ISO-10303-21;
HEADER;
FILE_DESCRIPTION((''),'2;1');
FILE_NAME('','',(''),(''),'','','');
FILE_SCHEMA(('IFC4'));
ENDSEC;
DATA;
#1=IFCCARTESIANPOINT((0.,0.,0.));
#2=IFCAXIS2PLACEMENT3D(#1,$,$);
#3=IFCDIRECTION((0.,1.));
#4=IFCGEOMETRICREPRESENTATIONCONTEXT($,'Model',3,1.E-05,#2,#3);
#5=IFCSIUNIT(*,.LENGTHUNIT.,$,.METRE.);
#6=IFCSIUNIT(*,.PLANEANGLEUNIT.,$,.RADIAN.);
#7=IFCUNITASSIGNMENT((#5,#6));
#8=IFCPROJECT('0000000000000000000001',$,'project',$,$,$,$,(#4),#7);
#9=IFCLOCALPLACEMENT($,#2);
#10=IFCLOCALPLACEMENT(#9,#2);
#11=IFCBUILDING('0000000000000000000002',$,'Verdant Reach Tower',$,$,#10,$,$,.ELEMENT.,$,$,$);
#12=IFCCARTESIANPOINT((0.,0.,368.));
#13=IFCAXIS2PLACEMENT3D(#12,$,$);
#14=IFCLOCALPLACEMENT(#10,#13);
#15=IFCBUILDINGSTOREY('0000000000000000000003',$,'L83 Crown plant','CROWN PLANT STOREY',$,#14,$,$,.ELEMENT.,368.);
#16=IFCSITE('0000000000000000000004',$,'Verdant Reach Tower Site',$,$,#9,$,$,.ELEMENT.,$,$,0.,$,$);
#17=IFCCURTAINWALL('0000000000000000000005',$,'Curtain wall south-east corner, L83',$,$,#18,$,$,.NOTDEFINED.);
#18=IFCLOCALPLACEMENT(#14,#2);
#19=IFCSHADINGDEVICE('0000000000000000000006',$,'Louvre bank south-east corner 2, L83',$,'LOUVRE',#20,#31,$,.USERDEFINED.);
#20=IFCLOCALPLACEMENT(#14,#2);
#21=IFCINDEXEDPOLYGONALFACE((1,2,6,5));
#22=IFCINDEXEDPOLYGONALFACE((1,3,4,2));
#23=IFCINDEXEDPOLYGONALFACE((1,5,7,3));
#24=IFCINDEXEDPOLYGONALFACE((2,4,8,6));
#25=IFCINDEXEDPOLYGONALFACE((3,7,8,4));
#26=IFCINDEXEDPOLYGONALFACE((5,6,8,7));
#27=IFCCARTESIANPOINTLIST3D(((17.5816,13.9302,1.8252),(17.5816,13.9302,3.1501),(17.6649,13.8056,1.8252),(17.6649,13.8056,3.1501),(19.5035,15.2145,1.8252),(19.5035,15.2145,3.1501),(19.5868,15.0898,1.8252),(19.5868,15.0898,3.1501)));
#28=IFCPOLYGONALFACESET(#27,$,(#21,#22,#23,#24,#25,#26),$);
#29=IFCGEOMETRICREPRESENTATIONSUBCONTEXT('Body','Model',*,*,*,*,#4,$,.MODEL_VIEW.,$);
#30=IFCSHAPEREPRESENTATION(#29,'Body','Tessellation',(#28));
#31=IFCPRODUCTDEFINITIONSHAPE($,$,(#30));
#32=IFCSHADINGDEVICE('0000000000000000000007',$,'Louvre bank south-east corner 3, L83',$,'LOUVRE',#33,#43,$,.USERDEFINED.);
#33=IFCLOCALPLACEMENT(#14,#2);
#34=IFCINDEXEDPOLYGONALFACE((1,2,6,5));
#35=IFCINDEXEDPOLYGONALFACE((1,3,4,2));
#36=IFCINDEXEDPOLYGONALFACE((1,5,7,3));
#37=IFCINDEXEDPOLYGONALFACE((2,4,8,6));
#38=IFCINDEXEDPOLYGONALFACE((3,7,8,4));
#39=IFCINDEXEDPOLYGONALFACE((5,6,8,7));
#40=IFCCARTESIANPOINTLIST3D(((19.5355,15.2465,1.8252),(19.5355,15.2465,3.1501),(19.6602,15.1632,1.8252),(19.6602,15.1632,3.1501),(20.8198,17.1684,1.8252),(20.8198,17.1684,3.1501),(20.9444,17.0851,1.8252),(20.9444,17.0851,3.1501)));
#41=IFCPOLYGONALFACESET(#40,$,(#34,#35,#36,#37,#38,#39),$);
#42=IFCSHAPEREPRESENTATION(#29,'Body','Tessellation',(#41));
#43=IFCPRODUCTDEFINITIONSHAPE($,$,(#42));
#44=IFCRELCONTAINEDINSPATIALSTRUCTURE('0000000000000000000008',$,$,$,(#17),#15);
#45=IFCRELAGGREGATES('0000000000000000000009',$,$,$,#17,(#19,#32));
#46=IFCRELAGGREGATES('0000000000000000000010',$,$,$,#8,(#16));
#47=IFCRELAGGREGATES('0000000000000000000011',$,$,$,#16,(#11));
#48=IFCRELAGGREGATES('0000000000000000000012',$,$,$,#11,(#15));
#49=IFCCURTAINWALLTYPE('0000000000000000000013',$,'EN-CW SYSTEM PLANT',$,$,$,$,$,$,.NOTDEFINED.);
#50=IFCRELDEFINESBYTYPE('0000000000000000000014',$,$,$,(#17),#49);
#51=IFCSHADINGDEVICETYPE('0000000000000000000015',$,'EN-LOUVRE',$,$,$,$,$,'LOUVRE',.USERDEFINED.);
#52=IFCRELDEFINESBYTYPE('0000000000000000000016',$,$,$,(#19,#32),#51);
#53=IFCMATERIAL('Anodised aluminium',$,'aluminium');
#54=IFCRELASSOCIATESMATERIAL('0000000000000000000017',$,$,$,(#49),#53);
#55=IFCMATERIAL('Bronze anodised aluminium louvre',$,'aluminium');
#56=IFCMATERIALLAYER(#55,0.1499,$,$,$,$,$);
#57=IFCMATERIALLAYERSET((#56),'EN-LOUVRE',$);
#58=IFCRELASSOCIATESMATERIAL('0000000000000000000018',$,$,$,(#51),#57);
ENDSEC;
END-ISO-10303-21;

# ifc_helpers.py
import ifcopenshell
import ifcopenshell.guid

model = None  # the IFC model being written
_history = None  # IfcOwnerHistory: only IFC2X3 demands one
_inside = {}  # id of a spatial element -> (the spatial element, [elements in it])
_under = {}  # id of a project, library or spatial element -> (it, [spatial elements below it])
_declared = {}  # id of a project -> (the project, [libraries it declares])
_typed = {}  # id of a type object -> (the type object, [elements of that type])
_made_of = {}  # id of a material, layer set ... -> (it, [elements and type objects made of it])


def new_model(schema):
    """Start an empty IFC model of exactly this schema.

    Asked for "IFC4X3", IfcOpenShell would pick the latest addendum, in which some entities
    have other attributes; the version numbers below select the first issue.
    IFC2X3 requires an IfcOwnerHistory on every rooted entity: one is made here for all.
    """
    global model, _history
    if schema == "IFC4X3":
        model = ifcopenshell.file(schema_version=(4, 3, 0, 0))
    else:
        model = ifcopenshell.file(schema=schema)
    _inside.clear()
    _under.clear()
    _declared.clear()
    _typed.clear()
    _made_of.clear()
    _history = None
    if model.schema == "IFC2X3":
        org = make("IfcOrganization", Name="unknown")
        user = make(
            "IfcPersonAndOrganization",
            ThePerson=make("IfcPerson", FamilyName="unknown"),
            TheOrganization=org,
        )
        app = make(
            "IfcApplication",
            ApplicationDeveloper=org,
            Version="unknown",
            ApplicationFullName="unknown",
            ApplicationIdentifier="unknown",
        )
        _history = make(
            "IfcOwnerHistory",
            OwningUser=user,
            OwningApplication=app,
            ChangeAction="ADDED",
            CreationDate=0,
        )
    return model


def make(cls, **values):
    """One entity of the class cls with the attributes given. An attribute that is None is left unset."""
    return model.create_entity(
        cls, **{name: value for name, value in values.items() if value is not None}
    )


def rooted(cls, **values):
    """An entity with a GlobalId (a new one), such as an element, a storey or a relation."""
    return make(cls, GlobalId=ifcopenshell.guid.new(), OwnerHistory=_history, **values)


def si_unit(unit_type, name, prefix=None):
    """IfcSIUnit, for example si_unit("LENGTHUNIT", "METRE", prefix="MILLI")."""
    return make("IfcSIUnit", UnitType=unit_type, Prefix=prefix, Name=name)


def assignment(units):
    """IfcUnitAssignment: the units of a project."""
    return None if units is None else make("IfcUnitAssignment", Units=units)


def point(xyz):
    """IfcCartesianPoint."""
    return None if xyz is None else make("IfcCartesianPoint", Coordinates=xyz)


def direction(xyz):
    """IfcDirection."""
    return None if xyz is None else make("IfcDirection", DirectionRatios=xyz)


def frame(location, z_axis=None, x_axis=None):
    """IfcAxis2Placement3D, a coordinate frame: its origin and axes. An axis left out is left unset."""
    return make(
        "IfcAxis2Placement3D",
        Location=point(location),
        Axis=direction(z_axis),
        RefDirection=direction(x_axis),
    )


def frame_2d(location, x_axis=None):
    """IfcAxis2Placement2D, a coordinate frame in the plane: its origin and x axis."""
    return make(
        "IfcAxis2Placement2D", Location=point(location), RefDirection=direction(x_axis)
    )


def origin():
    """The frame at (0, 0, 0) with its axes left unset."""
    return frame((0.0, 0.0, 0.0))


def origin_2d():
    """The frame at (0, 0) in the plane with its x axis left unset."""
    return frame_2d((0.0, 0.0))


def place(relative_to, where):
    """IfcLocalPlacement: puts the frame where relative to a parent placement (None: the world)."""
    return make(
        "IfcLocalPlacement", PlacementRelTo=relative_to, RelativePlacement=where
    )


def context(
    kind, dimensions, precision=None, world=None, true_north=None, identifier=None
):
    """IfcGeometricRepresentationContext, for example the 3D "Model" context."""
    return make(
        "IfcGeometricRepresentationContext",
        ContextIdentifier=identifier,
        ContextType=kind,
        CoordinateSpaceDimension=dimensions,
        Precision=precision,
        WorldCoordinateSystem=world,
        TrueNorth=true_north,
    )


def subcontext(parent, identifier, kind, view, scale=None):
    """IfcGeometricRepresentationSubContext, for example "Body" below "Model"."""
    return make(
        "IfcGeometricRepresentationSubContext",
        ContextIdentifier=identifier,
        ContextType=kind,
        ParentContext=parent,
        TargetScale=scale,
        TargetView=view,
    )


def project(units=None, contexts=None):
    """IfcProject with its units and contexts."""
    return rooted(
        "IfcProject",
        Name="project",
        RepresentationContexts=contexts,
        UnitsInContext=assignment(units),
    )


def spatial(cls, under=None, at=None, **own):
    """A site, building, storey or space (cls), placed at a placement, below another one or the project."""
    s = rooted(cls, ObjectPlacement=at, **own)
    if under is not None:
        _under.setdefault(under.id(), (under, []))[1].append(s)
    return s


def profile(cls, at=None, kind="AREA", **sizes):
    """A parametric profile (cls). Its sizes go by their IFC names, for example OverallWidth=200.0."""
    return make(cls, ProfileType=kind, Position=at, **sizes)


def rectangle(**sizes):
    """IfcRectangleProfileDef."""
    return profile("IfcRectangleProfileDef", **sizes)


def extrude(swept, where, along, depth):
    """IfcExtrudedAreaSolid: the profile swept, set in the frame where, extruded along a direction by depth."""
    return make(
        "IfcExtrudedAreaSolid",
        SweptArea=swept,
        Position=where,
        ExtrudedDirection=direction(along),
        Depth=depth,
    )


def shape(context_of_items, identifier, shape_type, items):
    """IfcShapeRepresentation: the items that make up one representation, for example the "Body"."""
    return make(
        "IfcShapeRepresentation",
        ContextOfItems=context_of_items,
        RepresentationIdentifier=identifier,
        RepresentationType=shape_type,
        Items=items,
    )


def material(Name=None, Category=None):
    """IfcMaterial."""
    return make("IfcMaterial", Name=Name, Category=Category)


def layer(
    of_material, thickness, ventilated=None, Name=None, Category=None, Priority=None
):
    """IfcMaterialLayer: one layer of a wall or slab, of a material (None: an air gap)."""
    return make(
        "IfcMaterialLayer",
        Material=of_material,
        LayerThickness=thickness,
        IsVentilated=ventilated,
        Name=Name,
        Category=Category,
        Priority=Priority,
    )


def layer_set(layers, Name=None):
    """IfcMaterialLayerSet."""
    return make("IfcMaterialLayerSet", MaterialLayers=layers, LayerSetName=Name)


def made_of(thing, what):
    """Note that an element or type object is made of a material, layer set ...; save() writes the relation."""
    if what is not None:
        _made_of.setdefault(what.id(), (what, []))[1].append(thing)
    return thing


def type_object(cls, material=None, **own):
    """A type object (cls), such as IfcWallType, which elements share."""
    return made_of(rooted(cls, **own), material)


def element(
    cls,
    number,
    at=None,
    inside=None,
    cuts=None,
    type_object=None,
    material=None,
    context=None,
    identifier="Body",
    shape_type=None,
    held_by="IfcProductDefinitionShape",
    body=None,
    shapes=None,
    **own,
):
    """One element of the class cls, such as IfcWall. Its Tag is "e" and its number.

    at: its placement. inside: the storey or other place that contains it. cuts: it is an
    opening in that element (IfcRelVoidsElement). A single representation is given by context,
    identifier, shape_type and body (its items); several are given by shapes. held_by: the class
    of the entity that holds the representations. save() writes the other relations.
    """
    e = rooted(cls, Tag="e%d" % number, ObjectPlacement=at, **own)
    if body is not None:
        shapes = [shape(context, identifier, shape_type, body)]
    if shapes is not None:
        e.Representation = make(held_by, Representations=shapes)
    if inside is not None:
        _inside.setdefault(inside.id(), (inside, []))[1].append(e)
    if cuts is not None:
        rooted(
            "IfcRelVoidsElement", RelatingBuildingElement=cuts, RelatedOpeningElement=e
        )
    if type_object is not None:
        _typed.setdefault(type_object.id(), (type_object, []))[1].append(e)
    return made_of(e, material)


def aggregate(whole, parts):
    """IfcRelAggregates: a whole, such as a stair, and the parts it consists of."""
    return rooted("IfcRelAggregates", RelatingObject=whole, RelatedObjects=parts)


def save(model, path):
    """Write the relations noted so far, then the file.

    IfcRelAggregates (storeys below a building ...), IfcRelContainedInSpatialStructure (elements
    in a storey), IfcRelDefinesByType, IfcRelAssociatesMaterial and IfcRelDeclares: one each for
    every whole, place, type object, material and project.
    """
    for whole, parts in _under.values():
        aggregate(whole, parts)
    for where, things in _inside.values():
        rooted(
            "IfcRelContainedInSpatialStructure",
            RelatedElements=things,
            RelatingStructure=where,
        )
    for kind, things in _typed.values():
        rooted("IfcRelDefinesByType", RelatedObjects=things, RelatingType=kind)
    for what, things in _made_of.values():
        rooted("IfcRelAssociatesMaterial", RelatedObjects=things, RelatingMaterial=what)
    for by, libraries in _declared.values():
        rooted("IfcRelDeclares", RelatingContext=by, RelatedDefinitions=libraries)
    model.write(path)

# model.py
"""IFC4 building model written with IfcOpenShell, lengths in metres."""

from ifc_helpers import new_model, si_unit, direction, frame, origin, origin_2d, place, context, subcontext, project, spatial, rectangle, extrude, material, layer, layer_set, type_object, element, aggregate, save


model = new_model("IFC4")

# Units and contexts
model_context = context("Model", 3, precision=1e-05, world=origin(), true_north=direction((0.0, 1.0)))
body_context = subcontext(model_context, "Body", "Model", "MODEL_VIEW")
ifc_project = project(units=[si_unit("LENGTHUNIT", "METRE"), si_unit("PLANEANGLEUNIT", "RADIAN")], contexts=[model_context])

# Site, building, storey
site_placement = place(None, origin())
site = spatial("IfcSite", under=ifc_project, at=site_placement, Name="Verdant Reach Tower Site", CompositionType="ELEMENT", RefElevation=0.0)
building_placement = place(site_placement, origin())
building = spatial("IfcBuilding", under=site, at=building_placement, Name="Verdant Reach Tower", CompositionType="ELEMENT")
storey_placement = place(building_placement, frame((0.0, 0.0, 368.0)))
storey = spatial("IfcBuildingStorey", under=building, at=storey_placement, Name="L83 Crown plant", Description="CROWN PLANT STOREY", CompositionType="ELEMENT", Elevation=368.0)

# Curtain wall
ifc_material_1 = material(Name="Anodised aluminium", Category="aluminium")
curtain_wall_type = type_object("IfcCurtainWallType", Name="EN-CW SYSTEM PLANT", PredefinedType="NOTDEFINED", material=ifc_material_1)
curtain_wall_placement = place(storey_placement, origin())
curtain_wall = element("IfcCurtainWall", 1, at=curtain_wall_placement, inside=storey, type_object=curtain_wall_type, Name="Curtain wall south-east corner, L83", PredefinedType="NOTDEFINED")

# Shading devices
ifc_material_2 = material(Name="Bronze anodised aluminium louvre", Category="aluminium")
ifc_layer_1 = layer(ifc_material_2, 0.1499)
ifc_layer_set_1 = layer_set([ifc_layer_1], Name="EN-LOUVRE")
shading_device_type = type_object("IfcShadingDeviceType", Name="EN-LOUVRE", ElementType="LOUVRE", PredefinedType="USERDEFINED", material=ifc_layer_set_1)
shading_device_1_placement = place(storey_placement, frame((18.5842, 14.51, 1.8252), z_axis=(0.0, 0.0, 1.0), x_axis=(0.831452, 0.555596, 0.0)))
shading_device_1 = element("IfcShadingDevice", 2, at=shading_device_1_placement, type_object=shading_device_type, Name="Louvre bank south-east corner 2, L83", ObjectType="LOUVRE", PredefinedType="USERDEFINED", context=body_context, shape_type="SweptSolid", body=[
    extrude(rectangle(XDim=2.3115, YDim=0.1499, at=origin_2d()), origin(), (0.0, 0.0, 1.0), 1.325),
])
shading_device_2_placement = place(storey_placement, frame((20.24, 16.1658, 1.8252), z_axis=(0.0, 0.0, 1.0), x_axis=(0.555596, 0.831452, 0.0)))
shading_device_2 = element("IfcShadingDevice", 3, at=shading_device_2_placement, type_object=shading_device_type, Name="Louvre bank south-east corner 3, L83", ObjectType="LOUVRE", PredefinedType="USERDEFINED", context=body_context, shape_type="SweptSolid", body=[
    extrude(rectangle(XDim=2.3115, YDim=0.1499, at=origin_2d()), origin(), (0.0, 0.0, 1.0), 1.325),
])
aggregate(curtain_wall, [shading_device_1, shading_device_2])

save(model, "model.ifc")
